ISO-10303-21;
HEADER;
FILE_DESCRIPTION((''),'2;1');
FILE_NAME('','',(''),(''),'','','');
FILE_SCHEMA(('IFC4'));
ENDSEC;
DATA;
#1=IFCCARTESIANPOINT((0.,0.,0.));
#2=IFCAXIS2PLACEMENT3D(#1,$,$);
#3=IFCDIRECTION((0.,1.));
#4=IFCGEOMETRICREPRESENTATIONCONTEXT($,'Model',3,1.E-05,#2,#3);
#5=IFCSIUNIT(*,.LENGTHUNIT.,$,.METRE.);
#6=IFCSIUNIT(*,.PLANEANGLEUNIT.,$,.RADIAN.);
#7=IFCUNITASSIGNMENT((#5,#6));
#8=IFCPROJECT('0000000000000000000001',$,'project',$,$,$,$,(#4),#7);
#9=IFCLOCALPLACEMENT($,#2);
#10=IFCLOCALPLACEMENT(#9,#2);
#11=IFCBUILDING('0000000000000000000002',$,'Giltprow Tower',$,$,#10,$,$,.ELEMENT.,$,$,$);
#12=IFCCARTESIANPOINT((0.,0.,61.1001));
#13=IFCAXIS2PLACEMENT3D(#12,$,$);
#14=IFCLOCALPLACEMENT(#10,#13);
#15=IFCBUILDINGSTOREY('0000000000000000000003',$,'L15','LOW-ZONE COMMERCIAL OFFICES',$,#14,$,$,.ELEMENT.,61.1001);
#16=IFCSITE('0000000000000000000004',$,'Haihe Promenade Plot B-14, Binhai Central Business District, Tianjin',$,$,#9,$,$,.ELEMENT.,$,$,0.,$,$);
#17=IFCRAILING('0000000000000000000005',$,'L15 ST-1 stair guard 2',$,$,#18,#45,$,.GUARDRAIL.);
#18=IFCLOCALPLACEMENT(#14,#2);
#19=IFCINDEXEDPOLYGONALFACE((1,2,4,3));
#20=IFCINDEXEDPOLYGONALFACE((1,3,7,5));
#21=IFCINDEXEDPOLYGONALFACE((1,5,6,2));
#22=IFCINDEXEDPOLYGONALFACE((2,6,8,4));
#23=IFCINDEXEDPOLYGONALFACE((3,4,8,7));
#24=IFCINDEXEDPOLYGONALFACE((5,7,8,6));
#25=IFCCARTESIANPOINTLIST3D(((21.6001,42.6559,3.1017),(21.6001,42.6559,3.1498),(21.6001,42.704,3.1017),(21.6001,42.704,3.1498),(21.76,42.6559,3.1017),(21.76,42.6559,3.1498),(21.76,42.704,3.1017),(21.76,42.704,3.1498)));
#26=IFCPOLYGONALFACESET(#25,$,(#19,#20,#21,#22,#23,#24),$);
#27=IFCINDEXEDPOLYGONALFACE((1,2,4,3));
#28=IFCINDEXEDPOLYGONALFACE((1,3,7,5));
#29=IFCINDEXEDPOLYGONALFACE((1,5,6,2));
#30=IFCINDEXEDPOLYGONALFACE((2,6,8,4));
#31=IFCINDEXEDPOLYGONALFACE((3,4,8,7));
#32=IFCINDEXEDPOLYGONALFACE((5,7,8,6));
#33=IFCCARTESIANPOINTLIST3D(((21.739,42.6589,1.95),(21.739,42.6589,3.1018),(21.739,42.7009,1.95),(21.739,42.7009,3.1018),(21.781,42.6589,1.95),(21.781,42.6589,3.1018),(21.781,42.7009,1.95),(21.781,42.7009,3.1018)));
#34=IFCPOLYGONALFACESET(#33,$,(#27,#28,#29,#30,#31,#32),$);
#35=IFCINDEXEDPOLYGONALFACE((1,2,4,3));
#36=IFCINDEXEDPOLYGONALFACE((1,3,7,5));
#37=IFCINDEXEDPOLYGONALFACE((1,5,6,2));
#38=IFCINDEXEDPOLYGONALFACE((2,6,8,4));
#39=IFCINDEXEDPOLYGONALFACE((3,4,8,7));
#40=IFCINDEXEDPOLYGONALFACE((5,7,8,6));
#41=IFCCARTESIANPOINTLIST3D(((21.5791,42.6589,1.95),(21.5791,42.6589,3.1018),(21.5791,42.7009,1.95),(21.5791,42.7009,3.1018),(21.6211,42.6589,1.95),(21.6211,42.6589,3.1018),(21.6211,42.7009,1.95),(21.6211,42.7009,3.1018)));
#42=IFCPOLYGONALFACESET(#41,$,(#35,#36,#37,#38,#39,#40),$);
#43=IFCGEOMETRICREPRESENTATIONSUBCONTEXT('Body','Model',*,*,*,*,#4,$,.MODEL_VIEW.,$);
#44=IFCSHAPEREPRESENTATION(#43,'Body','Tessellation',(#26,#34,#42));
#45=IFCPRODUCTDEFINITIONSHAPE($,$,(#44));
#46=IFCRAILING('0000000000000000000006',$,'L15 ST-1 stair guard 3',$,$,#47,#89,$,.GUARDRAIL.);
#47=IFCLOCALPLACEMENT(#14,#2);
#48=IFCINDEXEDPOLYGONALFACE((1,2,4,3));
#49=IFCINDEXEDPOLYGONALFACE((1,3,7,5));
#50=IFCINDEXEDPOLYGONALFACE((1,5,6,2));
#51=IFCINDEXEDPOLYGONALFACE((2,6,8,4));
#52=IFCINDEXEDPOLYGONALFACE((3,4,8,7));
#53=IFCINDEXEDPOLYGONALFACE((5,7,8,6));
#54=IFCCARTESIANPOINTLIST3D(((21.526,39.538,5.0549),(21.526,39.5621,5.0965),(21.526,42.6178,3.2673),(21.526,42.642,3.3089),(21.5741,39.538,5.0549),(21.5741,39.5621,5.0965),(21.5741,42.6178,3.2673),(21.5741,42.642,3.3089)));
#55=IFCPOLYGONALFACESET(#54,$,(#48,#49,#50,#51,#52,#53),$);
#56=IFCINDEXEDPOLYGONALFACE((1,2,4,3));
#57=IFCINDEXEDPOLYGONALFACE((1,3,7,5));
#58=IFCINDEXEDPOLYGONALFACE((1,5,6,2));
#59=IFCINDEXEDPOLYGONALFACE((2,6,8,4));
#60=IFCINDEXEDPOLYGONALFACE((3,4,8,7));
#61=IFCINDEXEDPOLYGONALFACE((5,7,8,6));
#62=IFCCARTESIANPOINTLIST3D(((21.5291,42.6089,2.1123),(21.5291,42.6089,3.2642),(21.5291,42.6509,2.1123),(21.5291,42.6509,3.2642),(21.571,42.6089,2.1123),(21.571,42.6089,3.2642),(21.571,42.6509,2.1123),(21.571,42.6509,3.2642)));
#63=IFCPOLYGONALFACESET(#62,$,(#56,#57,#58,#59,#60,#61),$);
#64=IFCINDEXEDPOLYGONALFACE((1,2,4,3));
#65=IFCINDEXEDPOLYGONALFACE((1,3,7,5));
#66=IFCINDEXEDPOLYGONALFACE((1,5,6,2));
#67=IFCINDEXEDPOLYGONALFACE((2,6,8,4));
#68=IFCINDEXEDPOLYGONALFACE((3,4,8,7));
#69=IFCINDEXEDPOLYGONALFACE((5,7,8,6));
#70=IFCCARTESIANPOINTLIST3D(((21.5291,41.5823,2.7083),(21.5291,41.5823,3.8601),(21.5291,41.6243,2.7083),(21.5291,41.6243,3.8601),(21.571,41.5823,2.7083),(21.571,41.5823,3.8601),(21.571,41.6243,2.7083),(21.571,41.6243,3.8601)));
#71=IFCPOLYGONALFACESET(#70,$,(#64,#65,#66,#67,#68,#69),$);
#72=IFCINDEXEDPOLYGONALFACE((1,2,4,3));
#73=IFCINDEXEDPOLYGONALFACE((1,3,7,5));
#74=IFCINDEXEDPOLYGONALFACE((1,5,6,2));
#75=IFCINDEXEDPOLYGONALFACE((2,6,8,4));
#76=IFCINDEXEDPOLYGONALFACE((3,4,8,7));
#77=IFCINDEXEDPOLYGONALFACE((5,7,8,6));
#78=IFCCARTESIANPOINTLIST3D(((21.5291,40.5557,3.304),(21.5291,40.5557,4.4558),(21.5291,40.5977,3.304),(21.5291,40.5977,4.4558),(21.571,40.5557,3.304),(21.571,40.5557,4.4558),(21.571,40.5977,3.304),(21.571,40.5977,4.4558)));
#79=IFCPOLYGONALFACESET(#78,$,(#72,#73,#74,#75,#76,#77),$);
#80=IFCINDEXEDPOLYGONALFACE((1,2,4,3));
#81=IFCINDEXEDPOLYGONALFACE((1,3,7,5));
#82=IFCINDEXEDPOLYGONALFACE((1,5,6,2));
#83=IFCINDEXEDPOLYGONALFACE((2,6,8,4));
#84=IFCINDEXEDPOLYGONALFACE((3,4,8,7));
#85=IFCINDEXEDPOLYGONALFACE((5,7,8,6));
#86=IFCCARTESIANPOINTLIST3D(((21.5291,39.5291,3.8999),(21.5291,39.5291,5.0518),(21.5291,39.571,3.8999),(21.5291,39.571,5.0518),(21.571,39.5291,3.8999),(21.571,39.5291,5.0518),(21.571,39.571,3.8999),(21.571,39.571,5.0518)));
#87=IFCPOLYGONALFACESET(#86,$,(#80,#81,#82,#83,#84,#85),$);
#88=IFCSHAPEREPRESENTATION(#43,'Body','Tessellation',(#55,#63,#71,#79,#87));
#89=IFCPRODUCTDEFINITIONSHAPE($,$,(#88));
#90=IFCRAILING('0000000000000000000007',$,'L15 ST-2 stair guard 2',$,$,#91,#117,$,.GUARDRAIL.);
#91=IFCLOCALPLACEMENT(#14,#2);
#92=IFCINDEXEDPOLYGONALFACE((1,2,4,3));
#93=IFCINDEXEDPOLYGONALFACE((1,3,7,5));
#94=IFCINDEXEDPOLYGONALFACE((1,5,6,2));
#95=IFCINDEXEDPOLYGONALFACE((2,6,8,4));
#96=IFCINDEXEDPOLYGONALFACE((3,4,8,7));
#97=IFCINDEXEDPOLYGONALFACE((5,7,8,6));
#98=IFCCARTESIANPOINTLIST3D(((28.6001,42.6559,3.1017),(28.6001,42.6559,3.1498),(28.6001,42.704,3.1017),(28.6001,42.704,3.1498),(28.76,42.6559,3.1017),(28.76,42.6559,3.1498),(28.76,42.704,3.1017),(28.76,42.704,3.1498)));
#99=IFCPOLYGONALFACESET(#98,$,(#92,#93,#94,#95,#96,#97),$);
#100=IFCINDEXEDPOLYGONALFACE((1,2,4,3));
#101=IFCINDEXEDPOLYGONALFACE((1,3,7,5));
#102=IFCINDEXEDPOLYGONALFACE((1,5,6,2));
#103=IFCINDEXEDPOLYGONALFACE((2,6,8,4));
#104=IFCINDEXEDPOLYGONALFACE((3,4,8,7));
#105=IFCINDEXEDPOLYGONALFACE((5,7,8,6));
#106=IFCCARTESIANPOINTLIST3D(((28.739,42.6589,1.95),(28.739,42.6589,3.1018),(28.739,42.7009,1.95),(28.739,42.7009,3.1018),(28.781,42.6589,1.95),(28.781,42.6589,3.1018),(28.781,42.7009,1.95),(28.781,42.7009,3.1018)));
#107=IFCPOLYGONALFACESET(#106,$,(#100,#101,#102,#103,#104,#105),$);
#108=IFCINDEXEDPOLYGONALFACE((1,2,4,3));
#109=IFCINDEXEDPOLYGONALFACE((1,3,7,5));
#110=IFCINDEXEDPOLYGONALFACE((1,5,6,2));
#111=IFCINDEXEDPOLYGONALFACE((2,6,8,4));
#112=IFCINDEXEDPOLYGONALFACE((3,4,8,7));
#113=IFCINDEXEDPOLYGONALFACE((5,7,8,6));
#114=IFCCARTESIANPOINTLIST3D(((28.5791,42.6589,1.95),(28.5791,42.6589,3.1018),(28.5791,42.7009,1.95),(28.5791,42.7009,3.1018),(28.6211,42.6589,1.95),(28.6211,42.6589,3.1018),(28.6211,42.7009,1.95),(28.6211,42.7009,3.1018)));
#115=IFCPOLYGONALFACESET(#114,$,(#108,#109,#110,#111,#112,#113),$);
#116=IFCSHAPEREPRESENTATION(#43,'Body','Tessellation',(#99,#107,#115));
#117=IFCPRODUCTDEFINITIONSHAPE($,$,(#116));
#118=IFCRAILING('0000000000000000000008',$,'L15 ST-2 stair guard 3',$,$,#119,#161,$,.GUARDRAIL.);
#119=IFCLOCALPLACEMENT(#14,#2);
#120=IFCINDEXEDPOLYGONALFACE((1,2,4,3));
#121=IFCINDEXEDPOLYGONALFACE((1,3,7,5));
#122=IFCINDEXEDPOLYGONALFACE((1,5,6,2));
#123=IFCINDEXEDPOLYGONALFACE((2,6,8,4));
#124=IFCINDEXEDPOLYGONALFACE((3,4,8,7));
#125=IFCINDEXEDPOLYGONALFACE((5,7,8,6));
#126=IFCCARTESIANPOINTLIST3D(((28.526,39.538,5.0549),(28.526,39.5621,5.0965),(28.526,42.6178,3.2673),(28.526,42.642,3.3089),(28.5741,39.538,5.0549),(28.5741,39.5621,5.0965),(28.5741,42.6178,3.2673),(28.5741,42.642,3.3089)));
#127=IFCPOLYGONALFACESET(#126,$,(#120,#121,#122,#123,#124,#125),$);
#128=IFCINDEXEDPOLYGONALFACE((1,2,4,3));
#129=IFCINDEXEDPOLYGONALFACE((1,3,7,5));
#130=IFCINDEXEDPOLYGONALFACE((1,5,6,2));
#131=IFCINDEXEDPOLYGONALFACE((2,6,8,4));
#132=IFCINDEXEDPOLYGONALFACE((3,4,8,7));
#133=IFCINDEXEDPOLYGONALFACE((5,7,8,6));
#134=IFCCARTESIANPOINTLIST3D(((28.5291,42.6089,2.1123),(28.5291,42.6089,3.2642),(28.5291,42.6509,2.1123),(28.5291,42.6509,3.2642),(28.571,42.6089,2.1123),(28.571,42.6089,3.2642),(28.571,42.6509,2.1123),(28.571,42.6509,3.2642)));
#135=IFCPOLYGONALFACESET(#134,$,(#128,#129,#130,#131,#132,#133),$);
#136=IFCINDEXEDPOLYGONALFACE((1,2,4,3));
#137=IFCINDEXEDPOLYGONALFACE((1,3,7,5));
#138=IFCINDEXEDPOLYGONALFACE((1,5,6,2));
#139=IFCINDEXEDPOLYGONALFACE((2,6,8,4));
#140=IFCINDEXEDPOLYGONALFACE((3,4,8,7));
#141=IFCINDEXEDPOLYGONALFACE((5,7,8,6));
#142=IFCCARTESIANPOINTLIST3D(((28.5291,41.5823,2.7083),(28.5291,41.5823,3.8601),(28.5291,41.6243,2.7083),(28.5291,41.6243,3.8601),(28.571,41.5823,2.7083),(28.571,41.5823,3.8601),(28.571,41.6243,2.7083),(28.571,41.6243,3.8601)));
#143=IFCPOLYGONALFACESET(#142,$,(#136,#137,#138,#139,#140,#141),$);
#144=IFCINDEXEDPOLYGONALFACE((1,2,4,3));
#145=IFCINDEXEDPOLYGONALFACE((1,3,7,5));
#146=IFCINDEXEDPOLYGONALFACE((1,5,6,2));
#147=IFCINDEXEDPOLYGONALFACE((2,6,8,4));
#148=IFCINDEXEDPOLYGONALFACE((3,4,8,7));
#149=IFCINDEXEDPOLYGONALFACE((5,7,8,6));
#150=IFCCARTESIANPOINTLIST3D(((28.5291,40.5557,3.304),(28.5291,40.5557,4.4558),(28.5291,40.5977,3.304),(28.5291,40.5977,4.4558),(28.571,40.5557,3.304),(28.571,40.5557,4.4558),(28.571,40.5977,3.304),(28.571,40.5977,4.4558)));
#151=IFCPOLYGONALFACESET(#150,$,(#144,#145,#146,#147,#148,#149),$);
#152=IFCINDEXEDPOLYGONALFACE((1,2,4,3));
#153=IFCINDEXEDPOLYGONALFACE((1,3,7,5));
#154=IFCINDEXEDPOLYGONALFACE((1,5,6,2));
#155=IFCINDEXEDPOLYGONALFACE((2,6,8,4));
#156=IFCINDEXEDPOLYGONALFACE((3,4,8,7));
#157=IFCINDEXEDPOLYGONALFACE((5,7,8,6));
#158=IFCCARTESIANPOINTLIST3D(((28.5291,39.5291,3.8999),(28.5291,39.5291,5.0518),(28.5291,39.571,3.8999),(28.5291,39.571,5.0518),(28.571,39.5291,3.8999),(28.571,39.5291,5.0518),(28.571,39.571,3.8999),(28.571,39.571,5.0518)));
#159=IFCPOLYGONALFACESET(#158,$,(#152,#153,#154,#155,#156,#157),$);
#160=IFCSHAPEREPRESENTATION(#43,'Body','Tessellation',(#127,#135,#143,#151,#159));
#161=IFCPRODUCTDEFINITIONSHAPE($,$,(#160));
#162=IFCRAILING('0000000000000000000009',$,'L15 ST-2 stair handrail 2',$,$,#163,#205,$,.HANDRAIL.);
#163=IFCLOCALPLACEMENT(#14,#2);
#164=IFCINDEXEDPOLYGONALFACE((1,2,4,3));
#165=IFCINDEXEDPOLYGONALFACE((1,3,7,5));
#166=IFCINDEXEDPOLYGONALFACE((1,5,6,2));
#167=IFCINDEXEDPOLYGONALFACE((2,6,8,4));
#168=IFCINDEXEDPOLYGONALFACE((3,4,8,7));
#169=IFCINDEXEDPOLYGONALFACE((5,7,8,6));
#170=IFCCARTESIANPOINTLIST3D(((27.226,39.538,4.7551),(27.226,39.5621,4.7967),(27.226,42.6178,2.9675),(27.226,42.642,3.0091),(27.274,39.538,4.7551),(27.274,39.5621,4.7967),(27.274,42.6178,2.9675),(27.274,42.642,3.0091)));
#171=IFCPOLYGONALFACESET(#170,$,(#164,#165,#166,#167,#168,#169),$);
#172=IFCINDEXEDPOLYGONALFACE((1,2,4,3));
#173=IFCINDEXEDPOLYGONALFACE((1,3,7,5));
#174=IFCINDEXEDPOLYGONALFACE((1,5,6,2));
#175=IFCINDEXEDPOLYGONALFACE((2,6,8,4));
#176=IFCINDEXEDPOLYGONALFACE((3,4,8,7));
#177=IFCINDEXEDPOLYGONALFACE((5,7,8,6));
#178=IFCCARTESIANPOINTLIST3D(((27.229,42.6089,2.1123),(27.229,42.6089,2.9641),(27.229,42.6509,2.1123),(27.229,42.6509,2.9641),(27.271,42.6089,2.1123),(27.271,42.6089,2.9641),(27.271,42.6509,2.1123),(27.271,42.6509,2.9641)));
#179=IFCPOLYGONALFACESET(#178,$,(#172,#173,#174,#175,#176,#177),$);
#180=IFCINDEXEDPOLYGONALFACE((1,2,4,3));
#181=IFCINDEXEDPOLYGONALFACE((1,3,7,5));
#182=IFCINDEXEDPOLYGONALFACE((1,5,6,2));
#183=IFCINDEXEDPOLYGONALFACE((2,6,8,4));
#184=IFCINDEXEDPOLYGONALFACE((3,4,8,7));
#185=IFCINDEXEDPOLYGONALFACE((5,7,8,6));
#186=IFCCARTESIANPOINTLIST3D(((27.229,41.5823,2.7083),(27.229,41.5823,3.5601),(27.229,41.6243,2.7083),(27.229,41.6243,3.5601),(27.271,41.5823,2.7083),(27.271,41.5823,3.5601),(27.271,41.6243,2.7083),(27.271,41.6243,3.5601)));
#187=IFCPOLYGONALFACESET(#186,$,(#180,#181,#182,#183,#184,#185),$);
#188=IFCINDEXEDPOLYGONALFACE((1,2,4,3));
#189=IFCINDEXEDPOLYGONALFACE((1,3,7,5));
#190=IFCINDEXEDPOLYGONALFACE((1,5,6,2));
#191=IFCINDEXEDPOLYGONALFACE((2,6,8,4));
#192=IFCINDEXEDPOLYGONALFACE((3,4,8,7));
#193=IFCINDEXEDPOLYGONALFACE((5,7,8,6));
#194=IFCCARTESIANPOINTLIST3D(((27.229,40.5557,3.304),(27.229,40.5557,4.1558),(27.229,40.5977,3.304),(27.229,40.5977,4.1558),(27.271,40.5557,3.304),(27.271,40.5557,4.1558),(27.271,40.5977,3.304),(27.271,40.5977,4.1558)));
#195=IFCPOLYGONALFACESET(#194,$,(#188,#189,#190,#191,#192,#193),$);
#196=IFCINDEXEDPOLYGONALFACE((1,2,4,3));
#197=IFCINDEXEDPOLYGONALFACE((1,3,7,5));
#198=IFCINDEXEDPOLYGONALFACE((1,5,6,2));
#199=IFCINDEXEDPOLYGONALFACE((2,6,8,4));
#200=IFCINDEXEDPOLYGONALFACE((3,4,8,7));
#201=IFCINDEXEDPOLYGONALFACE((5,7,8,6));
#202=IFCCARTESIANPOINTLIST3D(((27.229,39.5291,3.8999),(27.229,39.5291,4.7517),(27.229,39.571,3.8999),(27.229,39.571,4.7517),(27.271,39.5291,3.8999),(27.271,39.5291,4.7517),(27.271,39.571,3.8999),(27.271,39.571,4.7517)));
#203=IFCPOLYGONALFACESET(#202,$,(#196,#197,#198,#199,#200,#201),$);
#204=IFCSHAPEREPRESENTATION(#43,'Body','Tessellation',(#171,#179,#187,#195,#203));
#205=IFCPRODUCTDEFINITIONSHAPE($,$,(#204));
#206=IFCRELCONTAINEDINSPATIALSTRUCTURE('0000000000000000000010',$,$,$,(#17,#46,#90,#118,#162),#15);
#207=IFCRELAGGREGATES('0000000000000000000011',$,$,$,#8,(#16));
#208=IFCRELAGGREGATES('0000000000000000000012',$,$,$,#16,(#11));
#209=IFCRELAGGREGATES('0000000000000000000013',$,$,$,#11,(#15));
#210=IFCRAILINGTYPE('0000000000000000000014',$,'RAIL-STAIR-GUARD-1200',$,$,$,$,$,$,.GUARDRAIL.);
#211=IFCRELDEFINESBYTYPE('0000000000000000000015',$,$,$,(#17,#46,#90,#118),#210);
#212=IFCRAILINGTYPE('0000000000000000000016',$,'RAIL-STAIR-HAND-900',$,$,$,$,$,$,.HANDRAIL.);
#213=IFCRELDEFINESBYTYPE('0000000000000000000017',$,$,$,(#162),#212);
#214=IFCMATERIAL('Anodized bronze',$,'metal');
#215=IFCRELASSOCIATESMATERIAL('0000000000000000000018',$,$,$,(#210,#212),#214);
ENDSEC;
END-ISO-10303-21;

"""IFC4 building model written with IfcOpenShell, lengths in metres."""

from ifc_helpers import new_model, si_unit, direction, frame, origin, origin_2d, place, context, subcontext, project, spatial, rectangle, extrude, material, type_object, element, save


model = new_model("IFC4")

# Units and contexts
model_context = context("Model", 3, precision=1e-05, world=origin(), true_north=direction((0.0, 1.0)))
body_context = subcontext(model_context, "Body", "Model", "MODEL_VIEW")
ifc_project = project(units=[si_unit("LENGTHUNIT", "METRE"), si_unit("PLANEANGLEUNIT", "RADIAN")], contexts=[model_context])

# Site, building, storey
site_placement = place(None, origin())
site = spatial("IfcSite", under=ifc_project, at=site_placement, Name="Haihe Promenade Plot B-14, Binhai Central Business District, Tianjin", CompositionType="ELEMENT", RefElevation=0.0)
building_placement = place(site_placement, origin())
building = spatial("IfcBuilding", under=site, at=building_placement, Name="Giltprow Tower", CompositionType="ELEMENT")
storey_placement = place(building_placement, frame((0.0, 0.0, 61.1001)))
storey = spatial("IfcBuildingStorey", under=building, at=storey_placement, Name="L15", Description="LOW-ZONE COMMERCIAL OFFICES", CompositionType="ELEMENT", Elevation=61.1001)

# Railings
ifc_material_1 = material(Name="Anodized bronze", Category="metal")
railing_type_1 = type_object("IfcRailingType", Name="RAIL-STAIR-GUARD-1200", PredefinedType="GUARDRAIL", material=ifc_material_1)
railing_1_placement = place(storey_placement, frame((21.76, 42.6799, 1.95)))
element("IfcRailing", 1, at=railing_1_placement, inside=storey, type_object=railing_type_1, Name="L15 ST-1 stair guard 2", PredefinedType="GUARDRAIL", context=body_context, shape_type="SweptSolid", body=[
    extrude(rectangle(XDim=0.0481, YDim=0.0481, at=origin_2d()), frame((0.0, 0.0, 1.1758), z_axis=(-1.0, 0.0, 0.0), x_axis=(0.0, -1.0, 0.0)), (0.0, 0.0, 1.0), 0.1599),
    extrude(rectangle(XDim=0.042, YDim=0.042, at=origin_2d()), origin(), (0.0, 0.0, 1.0), 1.1519),
    extrude(rectangle(XDim=0.042, YDim=0.042, at=origin_2d()), frame((-0.1599, 0.0, 0.0)), (0.0, 0.0, 1.0), 1.1519),
])
railing_2_placement = place(storey_placement, frame((21.55, 42.6299, 2.1123)))
element("IfcRailing", 2, at=railing_2_placement, inside=storey, type_object=railing_type_1, Name="L15 ST-1 stair guard 3", PredefinedType="GUARDRAIL", context=body_context, shape_type="SweptSolid", body=[
    extrude(rectangle(XDim=0.0481, YDim=0.0481, at=origin_2d()), frame((0.0, 0.0, 1.1758), z_axis=(0.0, -0.864873, 0.50199), x_axis=(1.0, 0.0, 0.0)), (0.0, 0.0, 1.0), 3.561),
    extrude(rectangle(XDim=0.042, YDim=0.042, at=origin_2d()), origin(), (0.0, 0.0, 1.0), 1.1519),
    extrude(rectangle(XDim=0.042, YDim=0.042, at=origin_2d()), frame((0.0, -1.0266, 0.5959)), (0.0, 0.0, 1.0), 1.1519),
    extrude(rectangle(XDim=0.042, YDim=0.042, at=origin_2d()), frame((0.0, -2.0532, 1.1917)), (0.0, 0.0, 1.0), 1.1519),
    extrude(rectangle(XDim=0.042, YDim=0.042, at=origin_2d()), frame((0.0, -3.0798, 1.7876)), (0.0, 0.0, 1.0), 1.1519),
])
railing_3_placement = place(storey_placement, frame((28.76, 42.6799, 1.95)))
element("IfcRailing", 3, at=railing_3_placement, inside=storey, type_object=railing_type_1, Name="L15 ST-2 stair guard 2", PredefinedType="GUARDRAIL", context=body_context, shape_type="SweptSolid", body=[
    extrude(rectangle(XDim=0.0481, YDim=0.0481, at=origin_2d()), frame((0.0, 0.0, 1.1758), z_axis=(-1.0, 0.0, 0.0), x_axis=(0.0, -1.0, 0.0)), (0.0, 0.0, 1.0), 0.1599),
    extrude(rectangle(XDim=0.042, YDim=0.042, at=origin_2d()), origin(), (0.0, 0.0, 1.0), 1.1519),
    extrude(rectangle(XDim=0.042, YDim=0.042, at=origin_2d()), frame((-0.1599, 0.0, 0.0)), (0.0, 0.0, 1.0), 1.1519),
])
railing_4_placement = place(storey_placement, frame((28.55, 42.6299, 2.1123)))
element("IfcRailing", 4, at=railing_4_placement, inside=storey, type_object=railing_type_1, Name="L15 ST-2 stair guard 3", PredefinedType="GUARDRAIL", context=body_context, shape_type="SweptSolid", body=[
    extrude(rectangle(XDim=0.0481, YDim=0.0481, at=origin_2d()), frame((0.0, 0.0, 1.1758), z_axis=(0.0, -0.864873, 0.50199), x_axis=(1.0, 0.0, 0.0)), (0.0, 0.0, 1.0), 3.561),
    extrude(rectangle(XDim=0.042, YDim=0.042, at=origin_2d()), origin(), (0.0, 0.0, 1.0), 1.1519),
    extrude(rectangle(XDim=0.042, YDim=0.042, at=origin_2d()), frame((0.0, -1.0266, 0.5959)), (0.0, 0.0, 1.0), 1.1519),
    extrude(rectangle(XDim=0.042, YDim=0.042, at=origin_2d()), frame((0.0, -2.0532, 1.1917)), (0.0, 0.0, 1.0), 1.1519),
    extrude(rectangle(XDim=0.042, YDim=0.042, at=origin_2d()), frame((0.0, -3.0798, 1.7876)), (0.0, 0.0, 1.0), 1.1519),
])
railing_type_2 = type_object("IfcRailingType", Name="RAIL-STAIR-HAND-900", PredefinedType="HANDRAIL", material=ifc_material_1)
railing_5_placement = place(storey_placement, frame((27.25, 42.6299, 2.1123)))
element("IfcRailing", 5, at=railing_5_placement, inside=storey, type_object=railing_type_2, Name="L15 ST-2 stair handrail 2", PredefinedType="HANDRAIL", context=body_context, shape_type="SweptSolid", body=[
    extrude(rectangle(XDim=0.0481, YDim=0.0481, at=origin_2d()), frame((0.0, 0.0, 0.876), z_axis=(0.0, -0.864873, 0.50199), x_axis=(1.0, 0.0, 0.0)), (0.0, 0.0, 1.0), 3.561),
    extrude(rectangle(XDim=0.042, YDim=0.042, at=origin_2d()), origin(), (0.0, 0.0, 1.0), 0.8518),
    extrude(rectangle(XDim=0.042, YDim=0.042, at=origin_2d()), frame((0.0, -1.0266, 0.5959)), (0.0, 0.0, 1.0), 0.8518),
    extrude(rectangle(XDim=0.042, YDim=0.042, at=origin_2d()), frame((0.0, -2.0532, 1.1917)), (0.0, 0.0, 1.0), 0.8518),
    extrude(rectangle(XDim=0.042, YDim=0.042, at=origin_2d()), frame((0.0, -3.0798, 1.7876)), (0.0, 0.0, 1.0), 0.8518),
])

save(model, "model.ifc")
